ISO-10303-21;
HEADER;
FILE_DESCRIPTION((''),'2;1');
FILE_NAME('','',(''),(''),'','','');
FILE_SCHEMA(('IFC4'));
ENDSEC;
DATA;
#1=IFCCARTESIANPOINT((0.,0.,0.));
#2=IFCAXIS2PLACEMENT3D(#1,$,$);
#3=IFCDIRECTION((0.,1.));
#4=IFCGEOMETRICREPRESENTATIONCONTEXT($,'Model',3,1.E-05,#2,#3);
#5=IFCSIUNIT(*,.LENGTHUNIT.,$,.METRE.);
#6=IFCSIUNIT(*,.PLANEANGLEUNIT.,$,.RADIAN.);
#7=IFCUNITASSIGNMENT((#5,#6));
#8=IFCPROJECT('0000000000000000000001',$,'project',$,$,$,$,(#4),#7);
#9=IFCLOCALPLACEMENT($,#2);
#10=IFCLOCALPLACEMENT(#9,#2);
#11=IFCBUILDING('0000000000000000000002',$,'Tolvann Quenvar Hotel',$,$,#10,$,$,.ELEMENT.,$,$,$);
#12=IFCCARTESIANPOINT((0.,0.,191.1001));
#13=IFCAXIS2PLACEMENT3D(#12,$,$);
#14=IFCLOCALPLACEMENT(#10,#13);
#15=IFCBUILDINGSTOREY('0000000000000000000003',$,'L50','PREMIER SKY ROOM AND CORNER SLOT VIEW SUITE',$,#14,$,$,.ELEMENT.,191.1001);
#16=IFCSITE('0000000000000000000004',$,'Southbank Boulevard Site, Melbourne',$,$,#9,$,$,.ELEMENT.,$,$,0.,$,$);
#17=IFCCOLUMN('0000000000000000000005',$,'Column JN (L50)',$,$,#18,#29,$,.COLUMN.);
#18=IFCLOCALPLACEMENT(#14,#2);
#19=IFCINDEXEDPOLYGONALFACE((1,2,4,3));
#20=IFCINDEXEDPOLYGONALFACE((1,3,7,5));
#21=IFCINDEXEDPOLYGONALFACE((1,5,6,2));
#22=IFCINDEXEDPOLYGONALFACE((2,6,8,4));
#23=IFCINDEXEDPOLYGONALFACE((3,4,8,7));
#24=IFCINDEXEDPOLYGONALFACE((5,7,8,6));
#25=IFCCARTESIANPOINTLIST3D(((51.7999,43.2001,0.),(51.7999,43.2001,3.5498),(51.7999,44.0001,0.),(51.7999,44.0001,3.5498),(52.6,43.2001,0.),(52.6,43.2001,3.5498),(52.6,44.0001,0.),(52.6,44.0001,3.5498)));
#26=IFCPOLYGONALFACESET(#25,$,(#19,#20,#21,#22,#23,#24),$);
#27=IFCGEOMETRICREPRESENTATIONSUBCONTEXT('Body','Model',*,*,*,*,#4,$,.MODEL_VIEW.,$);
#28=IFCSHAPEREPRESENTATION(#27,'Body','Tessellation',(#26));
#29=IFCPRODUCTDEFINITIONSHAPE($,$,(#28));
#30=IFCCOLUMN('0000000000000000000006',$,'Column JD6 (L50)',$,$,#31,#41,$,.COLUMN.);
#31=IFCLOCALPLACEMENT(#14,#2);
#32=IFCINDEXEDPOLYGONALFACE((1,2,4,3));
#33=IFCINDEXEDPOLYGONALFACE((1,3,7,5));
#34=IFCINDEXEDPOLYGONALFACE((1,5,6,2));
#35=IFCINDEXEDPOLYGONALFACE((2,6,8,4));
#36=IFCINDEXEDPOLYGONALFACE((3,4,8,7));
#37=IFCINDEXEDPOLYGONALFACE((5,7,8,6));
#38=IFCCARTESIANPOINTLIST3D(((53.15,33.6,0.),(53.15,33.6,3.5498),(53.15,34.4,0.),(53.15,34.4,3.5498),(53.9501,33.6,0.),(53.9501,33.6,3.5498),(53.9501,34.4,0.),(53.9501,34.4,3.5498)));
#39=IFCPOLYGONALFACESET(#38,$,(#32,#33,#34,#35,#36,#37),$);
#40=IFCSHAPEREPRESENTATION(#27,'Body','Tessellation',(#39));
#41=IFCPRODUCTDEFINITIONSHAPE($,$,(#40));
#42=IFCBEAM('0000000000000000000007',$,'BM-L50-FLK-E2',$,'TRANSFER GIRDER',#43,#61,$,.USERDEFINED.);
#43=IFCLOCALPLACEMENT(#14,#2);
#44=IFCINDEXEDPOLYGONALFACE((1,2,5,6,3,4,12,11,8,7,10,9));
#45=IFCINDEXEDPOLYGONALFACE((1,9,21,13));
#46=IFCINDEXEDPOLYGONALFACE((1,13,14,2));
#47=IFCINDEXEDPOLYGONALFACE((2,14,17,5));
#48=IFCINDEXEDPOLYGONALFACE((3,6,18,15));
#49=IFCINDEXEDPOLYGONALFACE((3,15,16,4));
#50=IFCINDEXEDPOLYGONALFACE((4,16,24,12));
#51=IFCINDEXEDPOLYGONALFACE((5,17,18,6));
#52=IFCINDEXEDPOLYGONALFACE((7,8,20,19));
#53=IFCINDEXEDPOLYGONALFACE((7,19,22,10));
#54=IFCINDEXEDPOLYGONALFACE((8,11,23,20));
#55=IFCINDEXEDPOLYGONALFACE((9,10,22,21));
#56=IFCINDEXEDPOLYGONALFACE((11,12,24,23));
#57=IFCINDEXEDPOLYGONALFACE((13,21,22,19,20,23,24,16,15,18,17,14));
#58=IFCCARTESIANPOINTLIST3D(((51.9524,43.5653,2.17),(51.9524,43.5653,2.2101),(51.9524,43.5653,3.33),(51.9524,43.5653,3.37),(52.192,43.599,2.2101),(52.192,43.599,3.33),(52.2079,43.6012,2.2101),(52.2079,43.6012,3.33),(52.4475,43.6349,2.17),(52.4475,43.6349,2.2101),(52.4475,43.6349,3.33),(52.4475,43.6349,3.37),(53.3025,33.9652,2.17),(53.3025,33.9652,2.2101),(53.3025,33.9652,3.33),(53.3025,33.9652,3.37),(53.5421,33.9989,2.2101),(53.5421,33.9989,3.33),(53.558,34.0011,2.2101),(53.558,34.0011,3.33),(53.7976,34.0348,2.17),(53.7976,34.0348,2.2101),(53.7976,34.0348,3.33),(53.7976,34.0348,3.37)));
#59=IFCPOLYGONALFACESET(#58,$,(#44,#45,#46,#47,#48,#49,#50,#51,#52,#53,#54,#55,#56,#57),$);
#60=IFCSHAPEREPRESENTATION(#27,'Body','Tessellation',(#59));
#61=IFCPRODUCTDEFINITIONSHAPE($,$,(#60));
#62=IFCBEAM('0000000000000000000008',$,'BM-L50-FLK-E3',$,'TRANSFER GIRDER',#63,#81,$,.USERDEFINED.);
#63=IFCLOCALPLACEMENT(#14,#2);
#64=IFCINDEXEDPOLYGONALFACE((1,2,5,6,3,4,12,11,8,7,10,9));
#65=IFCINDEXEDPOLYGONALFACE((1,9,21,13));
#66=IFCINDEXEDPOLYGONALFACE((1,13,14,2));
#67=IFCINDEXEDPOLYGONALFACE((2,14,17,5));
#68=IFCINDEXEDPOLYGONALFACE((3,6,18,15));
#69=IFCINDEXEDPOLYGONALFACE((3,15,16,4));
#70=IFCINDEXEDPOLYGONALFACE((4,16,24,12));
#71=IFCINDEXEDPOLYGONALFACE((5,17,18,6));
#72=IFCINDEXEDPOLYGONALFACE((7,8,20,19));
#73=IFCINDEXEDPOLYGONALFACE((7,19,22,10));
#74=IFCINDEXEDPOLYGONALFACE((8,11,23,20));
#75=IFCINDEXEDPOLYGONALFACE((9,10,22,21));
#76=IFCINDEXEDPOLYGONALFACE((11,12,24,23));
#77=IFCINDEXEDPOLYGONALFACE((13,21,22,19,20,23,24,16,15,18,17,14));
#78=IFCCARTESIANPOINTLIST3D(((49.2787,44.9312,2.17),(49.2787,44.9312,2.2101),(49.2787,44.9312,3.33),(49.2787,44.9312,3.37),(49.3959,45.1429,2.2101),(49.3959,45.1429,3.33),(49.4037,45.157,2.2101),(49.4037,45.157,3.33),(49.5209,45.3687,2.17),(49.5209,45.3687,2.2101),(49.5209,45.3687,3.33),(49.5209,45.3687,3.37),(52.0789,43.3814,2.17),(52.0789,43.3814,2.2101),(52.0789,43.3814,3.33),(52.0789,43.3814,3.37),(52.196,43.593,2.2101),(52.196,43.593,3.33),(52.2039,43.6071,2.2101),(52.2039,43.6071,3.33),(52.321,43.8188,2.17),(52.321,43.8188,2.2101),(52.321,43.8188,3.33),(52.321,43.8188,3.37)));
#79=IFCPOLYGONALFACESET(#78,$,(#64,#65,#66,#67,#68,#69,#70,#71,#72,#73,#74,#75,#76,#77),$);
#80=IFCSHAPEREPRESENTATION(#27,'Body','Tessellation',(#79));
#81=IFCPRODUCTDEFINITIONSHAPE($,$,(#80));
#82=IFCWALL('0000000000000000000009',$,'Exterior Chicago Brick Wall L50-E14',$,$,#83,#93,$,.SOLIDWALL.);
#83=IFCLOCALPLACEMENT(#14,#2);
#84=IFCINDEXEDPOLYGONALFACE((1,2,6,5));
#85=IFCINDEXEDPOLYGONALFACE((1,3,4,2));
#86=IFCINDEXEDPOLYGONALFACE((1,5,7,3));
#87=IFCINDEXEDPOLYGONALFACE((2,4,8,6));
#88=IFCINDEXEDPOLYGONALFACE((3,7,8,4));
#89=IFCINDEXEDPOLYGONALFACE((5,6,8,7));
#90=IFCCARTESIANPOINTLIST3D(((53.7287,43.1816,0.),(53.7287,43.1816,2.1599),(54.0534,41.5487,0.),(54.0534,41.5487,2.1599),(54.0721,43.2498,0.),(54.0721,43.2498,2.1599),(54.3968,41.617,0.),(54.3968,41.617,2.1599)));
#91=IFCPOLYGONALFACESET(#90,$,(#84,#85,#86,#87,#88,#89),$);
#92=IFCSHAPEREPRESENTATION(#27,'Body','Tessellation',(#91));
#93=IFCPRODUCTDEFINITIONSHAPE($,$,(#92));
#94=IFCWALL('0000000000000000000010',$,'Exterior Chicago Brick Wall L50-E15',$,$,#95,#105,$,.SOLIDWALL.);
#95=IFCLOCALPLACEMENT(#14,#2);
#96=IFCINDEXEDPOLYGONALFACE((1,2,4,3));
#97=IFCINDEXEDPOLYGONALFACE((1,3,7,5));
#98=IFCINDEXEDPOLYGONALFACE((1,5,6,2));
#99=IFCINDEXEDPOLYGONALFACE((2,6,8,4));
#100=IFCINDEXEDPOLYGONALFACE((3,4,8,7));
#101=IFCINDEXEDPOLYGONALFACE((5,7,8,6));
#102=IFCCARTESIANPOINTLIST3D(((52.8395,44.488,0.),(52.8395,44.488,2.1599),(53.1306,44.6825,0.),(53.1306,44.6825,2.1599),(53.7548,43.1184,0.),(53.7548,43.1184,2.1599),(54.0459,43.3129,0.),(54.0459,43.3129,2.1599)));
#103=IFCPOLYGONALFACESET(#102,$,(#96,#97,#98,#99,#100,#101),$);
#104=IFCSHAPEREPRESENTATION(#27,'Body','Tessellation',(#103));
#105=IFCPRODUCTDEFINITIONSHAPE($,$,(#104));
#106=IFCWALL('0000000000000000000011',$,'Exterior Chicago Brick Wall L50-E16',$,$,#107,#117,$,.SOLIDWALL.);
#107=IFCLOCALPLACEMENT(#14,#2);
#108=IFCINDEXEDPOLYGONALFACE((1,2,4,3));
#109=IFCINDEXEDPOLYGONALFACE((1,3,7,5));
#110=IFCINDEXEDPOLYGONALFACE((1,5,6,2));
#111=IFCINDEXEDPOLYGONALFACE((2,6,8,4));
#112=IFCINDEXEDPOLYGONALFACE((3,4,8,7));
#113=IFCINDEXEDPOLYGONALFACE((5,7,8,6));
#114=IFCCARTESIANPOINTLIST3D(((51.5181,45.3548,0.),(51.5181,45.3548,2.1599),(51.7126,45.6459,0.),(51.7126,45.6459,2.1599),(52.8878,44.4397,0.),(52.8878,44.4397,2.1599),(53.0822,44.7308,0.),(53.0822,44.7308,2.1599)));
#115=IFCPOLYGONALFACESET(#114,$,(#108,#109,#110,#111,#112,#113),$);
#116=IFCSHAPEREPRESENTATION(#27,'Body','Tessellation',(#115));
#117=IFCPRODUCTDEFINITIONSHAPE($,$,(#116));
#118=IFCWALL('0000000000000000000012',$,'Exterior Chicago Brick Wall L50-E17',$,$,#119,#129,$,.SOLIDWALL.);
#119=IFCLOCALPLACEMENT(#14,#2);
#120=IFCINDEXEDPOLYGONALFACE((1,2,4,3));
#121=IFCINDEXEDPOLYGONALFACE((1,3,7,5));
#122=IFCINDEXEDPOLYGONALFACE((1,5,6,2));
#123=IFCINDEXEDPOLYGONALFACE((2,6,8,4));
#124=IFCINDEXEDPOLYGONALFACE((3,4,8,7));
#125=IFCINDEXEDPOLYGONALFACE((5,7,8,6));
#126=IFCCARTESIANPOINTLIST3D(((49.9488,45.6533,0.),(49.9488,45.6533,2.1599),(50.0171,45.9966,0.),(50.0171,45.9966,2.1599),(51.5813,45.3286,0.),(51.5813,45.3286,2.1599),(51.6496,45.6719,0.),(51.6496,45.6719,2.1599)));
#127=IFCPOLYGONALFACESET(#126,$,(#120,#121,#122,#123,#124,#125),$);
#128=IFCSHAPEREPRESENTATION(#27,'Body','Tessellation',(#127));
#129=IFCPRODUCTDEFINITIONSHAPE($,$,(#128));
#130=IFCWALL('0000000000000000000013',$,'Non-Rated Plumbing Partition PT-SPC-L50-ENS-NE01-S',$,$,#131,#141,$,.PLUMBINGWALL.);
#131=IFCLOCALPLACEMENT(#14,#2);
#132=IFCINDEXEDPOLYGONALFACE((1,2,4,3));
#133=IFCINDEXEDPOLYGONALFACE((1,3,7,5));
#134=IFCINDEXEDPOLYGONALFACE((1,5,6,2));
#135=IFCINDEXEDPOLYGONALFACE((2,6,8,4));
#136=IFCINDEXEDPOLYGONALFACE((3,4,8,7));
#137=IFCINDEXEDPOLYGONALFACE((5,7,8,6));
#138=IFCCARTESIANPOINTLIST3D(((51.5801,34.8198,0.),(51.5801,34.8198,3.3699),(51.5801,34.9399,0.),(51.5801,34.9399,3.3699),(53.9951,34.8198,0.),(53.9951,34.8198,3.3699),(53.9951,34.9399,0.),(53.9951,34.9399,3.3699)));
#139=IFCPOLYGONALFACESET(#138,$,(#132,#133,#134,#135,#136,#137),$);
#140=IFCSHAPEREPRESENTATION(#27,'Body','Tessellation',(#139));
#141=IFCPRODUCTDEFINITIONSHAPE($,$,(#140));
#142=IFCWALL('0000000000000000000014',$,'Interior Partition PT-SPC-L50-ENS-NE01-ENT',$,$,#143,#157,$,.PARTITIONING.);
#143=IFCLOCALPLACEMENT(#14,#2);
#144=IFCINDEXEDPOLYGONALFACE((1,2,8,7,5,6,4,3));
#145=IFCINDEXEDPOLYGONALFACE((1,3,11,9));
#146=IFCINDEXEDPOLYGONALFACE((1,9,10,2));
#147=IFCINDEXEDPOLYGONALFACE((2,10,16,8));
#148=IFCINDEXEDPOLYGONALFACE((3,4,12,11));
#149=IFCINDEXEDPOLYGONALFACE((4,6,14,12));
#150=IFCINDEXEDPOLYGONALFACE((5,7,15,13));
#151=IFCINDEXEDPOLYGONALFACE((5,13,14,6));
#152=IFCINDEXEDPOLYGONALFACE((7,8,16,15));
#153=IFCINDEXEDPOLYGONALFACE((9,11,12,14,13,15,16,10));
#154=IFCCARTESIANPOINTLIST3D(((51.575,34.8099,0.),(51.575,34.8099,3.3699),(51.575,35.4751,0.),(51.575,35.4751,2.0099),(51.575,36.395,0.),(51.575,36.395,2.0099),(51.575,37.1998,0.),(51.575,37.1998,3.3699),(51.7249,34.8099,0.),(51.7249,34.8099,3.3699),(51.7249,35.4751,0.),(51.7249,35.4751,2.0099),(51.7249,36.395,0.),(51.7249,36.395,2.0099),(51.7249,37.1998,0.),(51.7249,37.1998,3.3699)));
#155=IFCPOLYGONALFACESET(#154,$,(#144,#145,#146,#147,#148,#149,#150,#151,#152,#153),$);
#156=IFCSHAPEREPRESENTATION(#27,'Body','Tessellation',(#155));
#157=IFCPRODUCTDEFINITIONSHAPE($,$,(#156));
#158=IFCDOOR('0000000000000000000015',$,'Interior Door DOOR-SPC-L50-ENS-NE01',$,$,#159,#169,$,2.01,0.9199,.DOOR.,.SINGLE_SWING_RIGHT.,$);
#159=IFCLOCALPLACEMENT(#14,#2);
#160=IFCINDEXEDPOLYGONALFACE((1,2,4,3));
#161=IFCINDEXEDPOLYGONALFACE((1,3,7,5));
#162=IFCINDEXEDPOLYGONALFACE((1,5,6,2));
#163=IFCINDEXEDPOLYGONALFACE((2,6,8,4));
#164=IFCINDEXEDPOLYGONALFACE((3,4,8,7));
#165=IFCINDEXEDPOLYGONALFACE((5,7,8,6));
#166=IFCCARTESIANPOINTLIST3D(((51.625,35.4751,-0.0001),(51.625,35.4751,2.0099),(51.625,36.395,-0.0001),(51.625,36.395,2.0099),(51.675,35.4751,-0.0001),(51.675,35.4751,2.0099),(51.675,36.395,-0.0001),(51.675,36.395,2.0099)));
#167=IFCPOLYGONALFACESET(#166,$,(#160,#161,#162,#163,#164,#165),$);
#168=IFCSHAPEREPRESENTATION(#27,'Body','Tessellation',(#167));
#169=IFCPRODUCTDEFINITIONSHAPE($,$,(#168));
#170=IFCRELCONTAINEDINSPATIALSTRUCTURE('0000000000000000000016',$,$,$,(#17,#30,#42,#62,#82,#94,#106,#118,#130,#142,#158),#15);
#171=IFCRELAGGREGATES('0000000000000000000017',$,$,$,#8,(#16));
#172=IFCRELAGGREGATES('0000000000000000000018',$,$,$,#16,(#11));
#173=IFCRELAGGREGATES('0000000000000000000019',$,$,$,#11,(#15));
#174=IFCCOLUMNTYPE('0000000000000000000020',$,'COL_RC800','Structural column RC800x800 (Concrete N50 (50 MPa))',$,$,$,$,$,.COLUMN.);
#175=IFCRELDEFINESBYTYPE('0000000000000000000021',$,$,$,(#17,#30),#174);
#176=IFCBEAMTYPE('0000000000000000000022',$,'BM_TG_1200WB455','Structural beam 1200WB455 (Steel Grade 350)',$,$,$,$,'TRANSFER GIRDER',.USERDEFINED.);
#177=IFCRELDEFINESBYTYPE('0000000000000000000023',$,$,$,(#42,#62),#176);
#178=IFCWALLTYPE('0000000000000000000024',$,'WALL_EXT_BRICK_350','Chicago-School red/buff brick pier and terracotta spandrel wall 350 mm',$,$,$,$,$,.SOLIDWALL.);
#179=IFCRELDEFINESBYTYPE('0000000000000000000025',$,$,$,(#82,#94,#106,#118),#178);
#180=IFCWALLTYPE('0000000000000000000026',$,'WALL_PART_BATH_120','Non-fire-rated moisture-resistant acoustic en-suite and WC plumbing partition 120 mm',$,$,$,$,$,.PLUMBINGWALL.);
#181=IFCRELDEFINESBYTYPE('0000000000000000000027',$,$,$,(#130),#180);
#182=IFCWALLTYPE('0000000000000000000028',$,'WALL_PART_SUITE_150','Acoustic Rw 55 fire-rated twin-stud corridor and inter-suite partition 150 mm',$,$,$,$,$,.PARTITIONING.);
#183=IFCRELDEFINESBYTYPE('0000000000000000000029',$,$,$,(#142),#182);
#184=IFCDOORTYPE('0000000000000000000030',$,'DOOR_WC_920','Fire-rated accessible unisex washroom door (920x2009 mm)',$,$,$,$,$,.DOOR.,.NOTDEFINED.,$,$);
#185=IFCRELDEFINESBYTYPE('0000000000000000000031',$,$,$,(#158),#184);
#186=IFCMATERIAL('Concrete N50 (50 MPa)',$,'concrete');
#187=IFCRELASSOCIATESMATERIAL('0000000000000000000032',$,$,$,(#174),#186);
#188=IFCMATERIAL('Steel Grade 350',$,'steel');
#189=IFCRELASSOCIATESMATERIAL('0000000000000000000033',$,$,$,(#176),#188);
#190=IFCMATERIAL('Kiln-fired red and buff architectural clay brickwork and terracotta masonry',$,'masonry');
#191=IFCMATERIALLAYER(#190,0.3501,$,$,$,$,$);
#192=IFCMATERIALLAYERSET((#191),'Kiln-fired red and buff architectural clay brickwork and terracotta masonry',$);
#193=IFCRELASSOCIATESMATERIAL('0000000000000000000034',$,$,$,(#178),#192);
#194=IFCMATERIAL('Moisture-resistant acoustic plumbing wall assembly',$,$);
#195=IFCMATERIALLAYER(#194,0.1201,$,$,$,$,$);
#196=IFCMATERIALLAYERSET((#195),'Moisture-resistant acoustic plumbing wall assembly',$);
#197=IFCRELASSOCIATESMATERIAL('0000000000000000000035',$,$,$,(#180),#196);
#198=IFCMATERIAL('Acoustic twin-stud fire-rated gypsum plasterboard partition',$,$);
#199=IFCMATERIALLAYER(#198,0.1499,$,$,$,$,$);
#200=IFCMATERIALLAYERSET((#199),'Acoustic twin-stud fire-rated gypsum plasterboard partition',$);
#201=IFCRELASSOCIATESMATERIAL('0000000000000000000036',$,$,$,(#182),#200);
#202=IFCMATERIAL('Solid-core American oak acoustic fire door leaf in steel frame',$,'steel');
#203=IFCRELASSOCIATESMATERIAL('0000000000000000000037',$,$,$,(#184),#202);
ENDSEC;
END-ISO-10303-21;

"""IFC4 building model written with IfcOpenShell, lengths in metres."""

from ifc_helpers import new_model, si_unit, direction, frame, frame_2d, origin, origin_2d, place, context, subcontext, project, spatial, rectangle, i_section, extrude, source, transform, mapped, material, layer, layer_set, material_profile, profile_set, type_object, type_shapes, element, fill, save


model = new_model("IFC4")

# Units and contexts
model_context = context("Model", 3, precision=1e-05, world=origin(), true_north=direction((0.0, 1.0)))
body_context = subcontext(model_context, "Body", "Model", "MODEL_VIEW")
ifc_project = project(units=[si_unit("LENGTHUNIT", "METRE"), si_unit("PLANEANGLEUNIT", "RADIAN")], contexts=[model_context])

# Site, building, storey
site_placement = place(None, origin())
site = spatial("IfcSite", under=ifc_project, at=site_placement, Name="Southbank Boulevard Site, Melbourne", CompositionType="ELEMENT", RefElevation=0.0)
building_placement = place(site_placement, origin())
building = spatial("IfcBuilding", under=site, at=building_placement, Name="Tolvann Quenvar Hotel", CompositionType="ELEMENT")
storey_placement = place(building_placement, frame((0.0, 0.0, 191.1001)))
storey = spatial("IfcBuildingStorey", under=building, at=storey_placement, Name="L50", Description="PREMIER SKY ROOM AND CORNER SLOT VIEW SUITE", CompositionType="ELEMENT", Elevation=191.1001)

# Columns
ifc_material_1 = material(Name="Concrete N50 (50 MPa)", Category="concrete")
ifc_material_profile_1 = material_profile(ifc_material_1, rectangle(XDim=0.8, YDim=0.8, at=origin_2d()), Name="RC800x800")
ifc_profile_set_1 = profile_set([ifc_material_profile_1], Name="Concrete N50 (50 MPa)")
column_type = type_object("IfcColumnType", Name="COL_RC800", Description="Structural column RC800x800 (Concrete N50 (50 MPa))", PredefinedType="COLUMN", material=ifc_profile_set_1)
shared_shape_1 = source(origin(), body_context, "Body", "SweptSolid", [
    extrude(rectangle(XDim=0.8, YDim=0.8, at=origin_2d()), origin(), (0.0, 0.0, 1.0), 3.5498),
])
type_shapes(column_type, [shared_shape_1])
for number, where, z_axis, x_axis, name in (
    (1, (52.2, 43.6001, 0.0), (0.0, 0.0, 1.0), (1.0, 0.0, 0.0), "Column JN (L50)"),
    (2, (53.55, 34.0, 0.0), (0.0, 0.0, 1.0), (1.0, 0.0, 0.0), "Column JD6 (L50)"),
):
    element("IfcColumn", number, at=place(storey_placement, frame(where, z_axis=z_axis, x_axis=x_axis)), inside=storey, type_object=column_type, Name=name, PredefinedType="COLUMN", context=body_context, shape_type="MappedRepresentation", body=[
        mapped(shared_shape_1, transform((0.0, 0.0, 0.0), x_axis=(1.0, 0.0, 0.0), y_axis=(0.0, 1.0, 0.0), z_axis=(0.0, 0.0, 1.0), scale=1.0)),
    ])

# Beams
ifc_material_2 = material(Name="Steel Grade 350", Category="steel")
ifc_material_profile_2 = material_profile(ifc_material_2, i_section(OverallWidth=0.5, OverallDepth=1.2, WebThickness=0.0161, FlangeThickness=0.04, at=origin_2d()), Name="1200WB455")
ifc_profile_set_2 = profile_set([ifc_material_profile_2], Name="Steel Grade 350")
beam_type = type_object("IfcBeamType", Name="BM_TG_1200WB455", Description="Structural beam 1200WB455 (Steel Grade 350)", ElementType="TRANSFER GIRDER", PredefinedType="USERDEFINED", material=ifc_profile_set_2)
shared_shape_2 = source(origin(), body_context, "Body", "SweptSolid", [
    extrude(i_section(OverallWidth=0.5, OverallDepth=1.2, WebThickness=0.0161, FlangeThickness=0.04, at=origin_2d()), origin(), (0.0, 0.0, 1.0), 9.6946),
])
beam_1_placement = place(storey_placement, frame((53.55, 34.0, 2.77), z_axis=(-0.139263, 0.990255, 0.0), x_axis=(-0.990255, -0.139263, 0.0)))
element("IfcBeam", 3, at=beam_1_placement, inside=storey, type_object=beam_type, Name="BM-L50-FLK-E2", ObjectType="TRANSFER GIRDER", PredefinedType="USERDEFINED", context=body_context, shape_type="MappedRepresentation", body=[
    mapped(shared_shape_2, transform((0.0, 0.0, 0.0), x_axis=(1.0, 0.0, 0.0), y_axis=(0.0, 1.0, 0.0), z_axis=(0.0, 0.0, 1.0), scale=1.0)),
])
shared_shape_3 = source(origin(), body_context, "Body", "SweptSolid", [
    extrude(i_section(OverallWidth=0.5, OverallDepth=1.2, WebThickness=0.0161, FlangeThickness=0.04, at=origin_2d()), origin(), (0.0, 0.0, 1.0), 3.2004),
])
type_shapes(beam_type, [shared_shape_2, shared_shape_3])
beam_2_placement = place(storey_placement, frame((52.2, 43.6001, 2.77), z_axis=(-0.874923, 0.484263, 0.0), x_axis=(-0.484263, -0.874923, 0.0)))
element("IfcBeam", 4, at=beam_2_placement, inside=storey, type_object=beam_type, Name="BM-L50-FLK-E3", ObjectType="TRANSFER GIRDER", PredefinedType="USERDEFINED", context=body_context, shape_type="MappedRepresentation", body=[
    mapped(shared_shape_3, transform((0.0, 0.0, 0.0), x_axis=(1.0, 0.0, 0.0), y_axis=(0.0, 1.0, 0.0), z_axis=(0.0, 0.0, 1.0), scale=1.0)),
])

# Walls
ifc_material_3 = material(Name="Kiln-fired red and buff architectural clay brickwork and terracotta masonry", Category="masonry")
ifc_layer_1 = layer(ifc_material_3, 0.3501)
ifc_layer_set_1 = layer_set([ifc_layer_1], Name="Kiln-fired red and buff architectural clay brickwork and terracotta masonry")
wall_type_1 = type_object("IfcWallType", Name="WALL_EXT_BRICK_350", Description="Chicago-School red/buff brick pier and terracotta spandrel wall 350 mm", PredefinedType="SOLIDWALL", material=ifc_layer_set_1)
wall_1_placement = place(storey_placement, frame((54.2251, 41.5828, 0.0), z_axis=(0.0, 0.0, 1.0), x_axis=(-0.195044, 0.980794, 0.0)))
element("IfcWall", 5, at=wall_1_placement, inside=storey, type_object=wall_type_1, Name="Exterior Chicago Brick Wall L50-E14", PredefinedType="SOLIDWALL", context=body_context, shape_type="SweptSolid", body=[
    extrude(rectangle(XDim=1.6648, YDim=0.3501, at=frame_2d((0.8325, 0.0))), origin(), (0.0, 0.0, 1.0), 2.1599),
])
for number, where, z_axis, x_axis, name in (
    (6, (53.9004, 43.2156, 0.0), (0.0, 0.0, 1.0), (-0.555623, 0.831434, 0.0), "Exterior Chicago Brick Wall L50-E15"),
    (7, (52.9851, 44.5852, 0.0), (0.0, 0.0, 1.0), (-0.831503, 0.555521, 0.0), "Exterior Chicago Brick Wall L50-E16"),
):
    element("IfcWall", number, at=place(storey_placement, frame(where, z_axis=z_axis, x_axis=x_axis)), inside=storey, type_object=wall_type_1, Name=name, PredefinedType="SOLIDWALL", context=body_context, shape_type="SweptSolid", body=[
        extrude(rectangle(XDim=1.6472, YDim=0.3501, at=frame_2d((0.8237, 0.0))), origin(), (0.0, 0.0, 1.0), 2.1599),
    ])
wall_2_placement = place(storey_placement, frame((51.6155, 45.5002, 0.0), z_axis=(0.0, 0.0, 1.0), x_axis=(-0.980789, 0.195072, 0.0)))
element("IfcWall", 8, at=wall_2_placement, inside=storey, type_object=wall_type_1, Name="Exterior Chicago Brick Wall L50-E17", PredefinedType="SOLIDWALL", context=body_context, shape_type="SweptSolid", body=[
    extrude(rectangle(XDim=1.6646, YDim=0.3501, at=frame_2d((0.8323, 0.0))), origin(), (0.0, 0.0, 1.0), 2.1599),
])

# Wall
ifc_material_4 = material(Name="Moisture-resistant acoustic plumbing wall assembly")
ifc_layer_2 = layer(ifc_material_4, 0.1201)
ifc_layer_set_2 = layer_set([ifc_layer_2], Name="Moisture-resistant acoustic plumbing wall assembly")
wall_type_2 = type_object("IfcWallType", Name="WALL_PART_BATH_120", Description="Non-fire-rated moisture-resistant acoustic en-suite and WC plumbing partition 120 mm", PredefinedType="PLUMBINGWALL", material=ifc_layer_set_2)
wall_3_placement = place(storey_placement, frame((51.5801, 34.8799, 0.0), z_axis=(0.0, 0.0, 1.0), x_axis=(1.0, 0.0, 0.0)))
element("IfcWall", 9, at=wall_3_placement, inside=storey, type_object=wall_type_2, Name="Non-Rated Plumbing Partition PT-SPC-L50-ENS-NE01-S", PredefinedType="PLUMBINGWALL", context=body_context, shape_type="SweptSolid", body=[
    extrude(rectangle(XDim=2.415, YDim=0.1201, at=frame_2d((1.2075, 0.0))), origin(), (0.0, 0.0, 1.0), 3.3699),
])

# Wall, opening, door
ifc_material_5 = material(Name="Acoustic twin-stud fire-rated gypsum plasterboard partition")
ifc_layer_3 = layer(ifc_material_5, 0.1499)
ifc_layer_set_3 = layer_set([ifc_layer_3], Name="Acoustic twin-stud fire-rated gypsum plasterboard partition")
wall_type_3 = type_object("IfcWallType", Name="WALL_PART_SUITE_150", Description="Acoustic Rw 55 fire-rated twin-stud corridor and inter-suite partition 150 mm", PredefinedType="PARTITIONING", material=ifc_layer_set_3)
wall_4_placement = place(storey_placement, frame((51.6499, 34.8101, 0.0), z_axis=(0.0, 0.0, 1.0), x_axis=(0.0, 1.0, 0.0)))
wall_4 = element("IfcWall", 10, at=wall_4_placement, inside=storey, type_object=wall_type_3, Name="Interior Partition PT-SPC-L50-ENS-NE01-ENT", PredefinedType="PARTITIONING", context=body_context, shape_type="SweptSolid", body=[
    extrude(rectangle(XDim=2.3899, YDim=0.1499, at=frame_2d((1.1948, 0.0))), origin(), (0.0, 0.0, 1.0), 3.3699),
])
opening_1_placement = place(wall_4_placement, frame((0.665, 0.0, 0.0)))
opening_1 = element("IfcOpeningElement", 11, at=opening_1_placement, cuts=wall_4, PredefinedType="OPENING", context=body_context, shape_type="SweptSolid", body=[
    extrude(rectangle(XDim=0.9199, YDim=2.01, at=frame_2d((0.46, 1.0049))), frame((0.0, 0.085, 0.0), z_axis=(0.0, -1.0, 0.0), x_axis=(1.0, 0.0, 0.0)), (0.0, 0.0, 1.0), 0.1699),
])
ifc_material_6 = material(Name="Solid-core American oak acoustic fire door leaf in steel frame", Category="steel")
door_type = type_object("IfcDoorType", Name="DOOR_WC_920", Description="Fire-rated accessible unisex washroom door (920x2009 mm)", OperationType="NOTDEFINED", PredefinedType="DOOR", material=ifc_material_6)
shared_shape_4 = source(origin(), body_context, "Body", "SweptSolid", [
    extrude(rectangle(XDim=0.9199, YDim=2.01, at=frame_2d((0.46, 1.0049))), frame((0.0, 0.0249, 0.0), z_axis=(0.0, -1.0, 0.0), x_axis=(1.0, 0.0, 0.0)), (0.0, 0.0, 1.0), 0.05),
])
type_shapes(door_type, [shared_shape_4])
door_placement = place(opening_1_placement, origin())
door = element("IfcDoor", 12, at=door_placement, inside=storey, type_object=door_type, Name="Interior Door DOOR-SPC-L50-ENS-NE01", OperationType="SINGLE_SWING_RIGHT", OverallHeight=2.01, OverallWidth=0.9199, PredefinedType="DOOR", context=body_context, shape_type="MappedRepresentation", body=[
    mapped(shared_shape_4, transform((0.0, 0.0, 0.0), x_axis=(1.0, 0.0, 0.0), y_axis=(0.0, 1.0, 0.0), z_axis=(0.0, 0.0, 1.0), scale=1.0)),
])
fill(opening_1, door)

save(model, "model.ifc")
